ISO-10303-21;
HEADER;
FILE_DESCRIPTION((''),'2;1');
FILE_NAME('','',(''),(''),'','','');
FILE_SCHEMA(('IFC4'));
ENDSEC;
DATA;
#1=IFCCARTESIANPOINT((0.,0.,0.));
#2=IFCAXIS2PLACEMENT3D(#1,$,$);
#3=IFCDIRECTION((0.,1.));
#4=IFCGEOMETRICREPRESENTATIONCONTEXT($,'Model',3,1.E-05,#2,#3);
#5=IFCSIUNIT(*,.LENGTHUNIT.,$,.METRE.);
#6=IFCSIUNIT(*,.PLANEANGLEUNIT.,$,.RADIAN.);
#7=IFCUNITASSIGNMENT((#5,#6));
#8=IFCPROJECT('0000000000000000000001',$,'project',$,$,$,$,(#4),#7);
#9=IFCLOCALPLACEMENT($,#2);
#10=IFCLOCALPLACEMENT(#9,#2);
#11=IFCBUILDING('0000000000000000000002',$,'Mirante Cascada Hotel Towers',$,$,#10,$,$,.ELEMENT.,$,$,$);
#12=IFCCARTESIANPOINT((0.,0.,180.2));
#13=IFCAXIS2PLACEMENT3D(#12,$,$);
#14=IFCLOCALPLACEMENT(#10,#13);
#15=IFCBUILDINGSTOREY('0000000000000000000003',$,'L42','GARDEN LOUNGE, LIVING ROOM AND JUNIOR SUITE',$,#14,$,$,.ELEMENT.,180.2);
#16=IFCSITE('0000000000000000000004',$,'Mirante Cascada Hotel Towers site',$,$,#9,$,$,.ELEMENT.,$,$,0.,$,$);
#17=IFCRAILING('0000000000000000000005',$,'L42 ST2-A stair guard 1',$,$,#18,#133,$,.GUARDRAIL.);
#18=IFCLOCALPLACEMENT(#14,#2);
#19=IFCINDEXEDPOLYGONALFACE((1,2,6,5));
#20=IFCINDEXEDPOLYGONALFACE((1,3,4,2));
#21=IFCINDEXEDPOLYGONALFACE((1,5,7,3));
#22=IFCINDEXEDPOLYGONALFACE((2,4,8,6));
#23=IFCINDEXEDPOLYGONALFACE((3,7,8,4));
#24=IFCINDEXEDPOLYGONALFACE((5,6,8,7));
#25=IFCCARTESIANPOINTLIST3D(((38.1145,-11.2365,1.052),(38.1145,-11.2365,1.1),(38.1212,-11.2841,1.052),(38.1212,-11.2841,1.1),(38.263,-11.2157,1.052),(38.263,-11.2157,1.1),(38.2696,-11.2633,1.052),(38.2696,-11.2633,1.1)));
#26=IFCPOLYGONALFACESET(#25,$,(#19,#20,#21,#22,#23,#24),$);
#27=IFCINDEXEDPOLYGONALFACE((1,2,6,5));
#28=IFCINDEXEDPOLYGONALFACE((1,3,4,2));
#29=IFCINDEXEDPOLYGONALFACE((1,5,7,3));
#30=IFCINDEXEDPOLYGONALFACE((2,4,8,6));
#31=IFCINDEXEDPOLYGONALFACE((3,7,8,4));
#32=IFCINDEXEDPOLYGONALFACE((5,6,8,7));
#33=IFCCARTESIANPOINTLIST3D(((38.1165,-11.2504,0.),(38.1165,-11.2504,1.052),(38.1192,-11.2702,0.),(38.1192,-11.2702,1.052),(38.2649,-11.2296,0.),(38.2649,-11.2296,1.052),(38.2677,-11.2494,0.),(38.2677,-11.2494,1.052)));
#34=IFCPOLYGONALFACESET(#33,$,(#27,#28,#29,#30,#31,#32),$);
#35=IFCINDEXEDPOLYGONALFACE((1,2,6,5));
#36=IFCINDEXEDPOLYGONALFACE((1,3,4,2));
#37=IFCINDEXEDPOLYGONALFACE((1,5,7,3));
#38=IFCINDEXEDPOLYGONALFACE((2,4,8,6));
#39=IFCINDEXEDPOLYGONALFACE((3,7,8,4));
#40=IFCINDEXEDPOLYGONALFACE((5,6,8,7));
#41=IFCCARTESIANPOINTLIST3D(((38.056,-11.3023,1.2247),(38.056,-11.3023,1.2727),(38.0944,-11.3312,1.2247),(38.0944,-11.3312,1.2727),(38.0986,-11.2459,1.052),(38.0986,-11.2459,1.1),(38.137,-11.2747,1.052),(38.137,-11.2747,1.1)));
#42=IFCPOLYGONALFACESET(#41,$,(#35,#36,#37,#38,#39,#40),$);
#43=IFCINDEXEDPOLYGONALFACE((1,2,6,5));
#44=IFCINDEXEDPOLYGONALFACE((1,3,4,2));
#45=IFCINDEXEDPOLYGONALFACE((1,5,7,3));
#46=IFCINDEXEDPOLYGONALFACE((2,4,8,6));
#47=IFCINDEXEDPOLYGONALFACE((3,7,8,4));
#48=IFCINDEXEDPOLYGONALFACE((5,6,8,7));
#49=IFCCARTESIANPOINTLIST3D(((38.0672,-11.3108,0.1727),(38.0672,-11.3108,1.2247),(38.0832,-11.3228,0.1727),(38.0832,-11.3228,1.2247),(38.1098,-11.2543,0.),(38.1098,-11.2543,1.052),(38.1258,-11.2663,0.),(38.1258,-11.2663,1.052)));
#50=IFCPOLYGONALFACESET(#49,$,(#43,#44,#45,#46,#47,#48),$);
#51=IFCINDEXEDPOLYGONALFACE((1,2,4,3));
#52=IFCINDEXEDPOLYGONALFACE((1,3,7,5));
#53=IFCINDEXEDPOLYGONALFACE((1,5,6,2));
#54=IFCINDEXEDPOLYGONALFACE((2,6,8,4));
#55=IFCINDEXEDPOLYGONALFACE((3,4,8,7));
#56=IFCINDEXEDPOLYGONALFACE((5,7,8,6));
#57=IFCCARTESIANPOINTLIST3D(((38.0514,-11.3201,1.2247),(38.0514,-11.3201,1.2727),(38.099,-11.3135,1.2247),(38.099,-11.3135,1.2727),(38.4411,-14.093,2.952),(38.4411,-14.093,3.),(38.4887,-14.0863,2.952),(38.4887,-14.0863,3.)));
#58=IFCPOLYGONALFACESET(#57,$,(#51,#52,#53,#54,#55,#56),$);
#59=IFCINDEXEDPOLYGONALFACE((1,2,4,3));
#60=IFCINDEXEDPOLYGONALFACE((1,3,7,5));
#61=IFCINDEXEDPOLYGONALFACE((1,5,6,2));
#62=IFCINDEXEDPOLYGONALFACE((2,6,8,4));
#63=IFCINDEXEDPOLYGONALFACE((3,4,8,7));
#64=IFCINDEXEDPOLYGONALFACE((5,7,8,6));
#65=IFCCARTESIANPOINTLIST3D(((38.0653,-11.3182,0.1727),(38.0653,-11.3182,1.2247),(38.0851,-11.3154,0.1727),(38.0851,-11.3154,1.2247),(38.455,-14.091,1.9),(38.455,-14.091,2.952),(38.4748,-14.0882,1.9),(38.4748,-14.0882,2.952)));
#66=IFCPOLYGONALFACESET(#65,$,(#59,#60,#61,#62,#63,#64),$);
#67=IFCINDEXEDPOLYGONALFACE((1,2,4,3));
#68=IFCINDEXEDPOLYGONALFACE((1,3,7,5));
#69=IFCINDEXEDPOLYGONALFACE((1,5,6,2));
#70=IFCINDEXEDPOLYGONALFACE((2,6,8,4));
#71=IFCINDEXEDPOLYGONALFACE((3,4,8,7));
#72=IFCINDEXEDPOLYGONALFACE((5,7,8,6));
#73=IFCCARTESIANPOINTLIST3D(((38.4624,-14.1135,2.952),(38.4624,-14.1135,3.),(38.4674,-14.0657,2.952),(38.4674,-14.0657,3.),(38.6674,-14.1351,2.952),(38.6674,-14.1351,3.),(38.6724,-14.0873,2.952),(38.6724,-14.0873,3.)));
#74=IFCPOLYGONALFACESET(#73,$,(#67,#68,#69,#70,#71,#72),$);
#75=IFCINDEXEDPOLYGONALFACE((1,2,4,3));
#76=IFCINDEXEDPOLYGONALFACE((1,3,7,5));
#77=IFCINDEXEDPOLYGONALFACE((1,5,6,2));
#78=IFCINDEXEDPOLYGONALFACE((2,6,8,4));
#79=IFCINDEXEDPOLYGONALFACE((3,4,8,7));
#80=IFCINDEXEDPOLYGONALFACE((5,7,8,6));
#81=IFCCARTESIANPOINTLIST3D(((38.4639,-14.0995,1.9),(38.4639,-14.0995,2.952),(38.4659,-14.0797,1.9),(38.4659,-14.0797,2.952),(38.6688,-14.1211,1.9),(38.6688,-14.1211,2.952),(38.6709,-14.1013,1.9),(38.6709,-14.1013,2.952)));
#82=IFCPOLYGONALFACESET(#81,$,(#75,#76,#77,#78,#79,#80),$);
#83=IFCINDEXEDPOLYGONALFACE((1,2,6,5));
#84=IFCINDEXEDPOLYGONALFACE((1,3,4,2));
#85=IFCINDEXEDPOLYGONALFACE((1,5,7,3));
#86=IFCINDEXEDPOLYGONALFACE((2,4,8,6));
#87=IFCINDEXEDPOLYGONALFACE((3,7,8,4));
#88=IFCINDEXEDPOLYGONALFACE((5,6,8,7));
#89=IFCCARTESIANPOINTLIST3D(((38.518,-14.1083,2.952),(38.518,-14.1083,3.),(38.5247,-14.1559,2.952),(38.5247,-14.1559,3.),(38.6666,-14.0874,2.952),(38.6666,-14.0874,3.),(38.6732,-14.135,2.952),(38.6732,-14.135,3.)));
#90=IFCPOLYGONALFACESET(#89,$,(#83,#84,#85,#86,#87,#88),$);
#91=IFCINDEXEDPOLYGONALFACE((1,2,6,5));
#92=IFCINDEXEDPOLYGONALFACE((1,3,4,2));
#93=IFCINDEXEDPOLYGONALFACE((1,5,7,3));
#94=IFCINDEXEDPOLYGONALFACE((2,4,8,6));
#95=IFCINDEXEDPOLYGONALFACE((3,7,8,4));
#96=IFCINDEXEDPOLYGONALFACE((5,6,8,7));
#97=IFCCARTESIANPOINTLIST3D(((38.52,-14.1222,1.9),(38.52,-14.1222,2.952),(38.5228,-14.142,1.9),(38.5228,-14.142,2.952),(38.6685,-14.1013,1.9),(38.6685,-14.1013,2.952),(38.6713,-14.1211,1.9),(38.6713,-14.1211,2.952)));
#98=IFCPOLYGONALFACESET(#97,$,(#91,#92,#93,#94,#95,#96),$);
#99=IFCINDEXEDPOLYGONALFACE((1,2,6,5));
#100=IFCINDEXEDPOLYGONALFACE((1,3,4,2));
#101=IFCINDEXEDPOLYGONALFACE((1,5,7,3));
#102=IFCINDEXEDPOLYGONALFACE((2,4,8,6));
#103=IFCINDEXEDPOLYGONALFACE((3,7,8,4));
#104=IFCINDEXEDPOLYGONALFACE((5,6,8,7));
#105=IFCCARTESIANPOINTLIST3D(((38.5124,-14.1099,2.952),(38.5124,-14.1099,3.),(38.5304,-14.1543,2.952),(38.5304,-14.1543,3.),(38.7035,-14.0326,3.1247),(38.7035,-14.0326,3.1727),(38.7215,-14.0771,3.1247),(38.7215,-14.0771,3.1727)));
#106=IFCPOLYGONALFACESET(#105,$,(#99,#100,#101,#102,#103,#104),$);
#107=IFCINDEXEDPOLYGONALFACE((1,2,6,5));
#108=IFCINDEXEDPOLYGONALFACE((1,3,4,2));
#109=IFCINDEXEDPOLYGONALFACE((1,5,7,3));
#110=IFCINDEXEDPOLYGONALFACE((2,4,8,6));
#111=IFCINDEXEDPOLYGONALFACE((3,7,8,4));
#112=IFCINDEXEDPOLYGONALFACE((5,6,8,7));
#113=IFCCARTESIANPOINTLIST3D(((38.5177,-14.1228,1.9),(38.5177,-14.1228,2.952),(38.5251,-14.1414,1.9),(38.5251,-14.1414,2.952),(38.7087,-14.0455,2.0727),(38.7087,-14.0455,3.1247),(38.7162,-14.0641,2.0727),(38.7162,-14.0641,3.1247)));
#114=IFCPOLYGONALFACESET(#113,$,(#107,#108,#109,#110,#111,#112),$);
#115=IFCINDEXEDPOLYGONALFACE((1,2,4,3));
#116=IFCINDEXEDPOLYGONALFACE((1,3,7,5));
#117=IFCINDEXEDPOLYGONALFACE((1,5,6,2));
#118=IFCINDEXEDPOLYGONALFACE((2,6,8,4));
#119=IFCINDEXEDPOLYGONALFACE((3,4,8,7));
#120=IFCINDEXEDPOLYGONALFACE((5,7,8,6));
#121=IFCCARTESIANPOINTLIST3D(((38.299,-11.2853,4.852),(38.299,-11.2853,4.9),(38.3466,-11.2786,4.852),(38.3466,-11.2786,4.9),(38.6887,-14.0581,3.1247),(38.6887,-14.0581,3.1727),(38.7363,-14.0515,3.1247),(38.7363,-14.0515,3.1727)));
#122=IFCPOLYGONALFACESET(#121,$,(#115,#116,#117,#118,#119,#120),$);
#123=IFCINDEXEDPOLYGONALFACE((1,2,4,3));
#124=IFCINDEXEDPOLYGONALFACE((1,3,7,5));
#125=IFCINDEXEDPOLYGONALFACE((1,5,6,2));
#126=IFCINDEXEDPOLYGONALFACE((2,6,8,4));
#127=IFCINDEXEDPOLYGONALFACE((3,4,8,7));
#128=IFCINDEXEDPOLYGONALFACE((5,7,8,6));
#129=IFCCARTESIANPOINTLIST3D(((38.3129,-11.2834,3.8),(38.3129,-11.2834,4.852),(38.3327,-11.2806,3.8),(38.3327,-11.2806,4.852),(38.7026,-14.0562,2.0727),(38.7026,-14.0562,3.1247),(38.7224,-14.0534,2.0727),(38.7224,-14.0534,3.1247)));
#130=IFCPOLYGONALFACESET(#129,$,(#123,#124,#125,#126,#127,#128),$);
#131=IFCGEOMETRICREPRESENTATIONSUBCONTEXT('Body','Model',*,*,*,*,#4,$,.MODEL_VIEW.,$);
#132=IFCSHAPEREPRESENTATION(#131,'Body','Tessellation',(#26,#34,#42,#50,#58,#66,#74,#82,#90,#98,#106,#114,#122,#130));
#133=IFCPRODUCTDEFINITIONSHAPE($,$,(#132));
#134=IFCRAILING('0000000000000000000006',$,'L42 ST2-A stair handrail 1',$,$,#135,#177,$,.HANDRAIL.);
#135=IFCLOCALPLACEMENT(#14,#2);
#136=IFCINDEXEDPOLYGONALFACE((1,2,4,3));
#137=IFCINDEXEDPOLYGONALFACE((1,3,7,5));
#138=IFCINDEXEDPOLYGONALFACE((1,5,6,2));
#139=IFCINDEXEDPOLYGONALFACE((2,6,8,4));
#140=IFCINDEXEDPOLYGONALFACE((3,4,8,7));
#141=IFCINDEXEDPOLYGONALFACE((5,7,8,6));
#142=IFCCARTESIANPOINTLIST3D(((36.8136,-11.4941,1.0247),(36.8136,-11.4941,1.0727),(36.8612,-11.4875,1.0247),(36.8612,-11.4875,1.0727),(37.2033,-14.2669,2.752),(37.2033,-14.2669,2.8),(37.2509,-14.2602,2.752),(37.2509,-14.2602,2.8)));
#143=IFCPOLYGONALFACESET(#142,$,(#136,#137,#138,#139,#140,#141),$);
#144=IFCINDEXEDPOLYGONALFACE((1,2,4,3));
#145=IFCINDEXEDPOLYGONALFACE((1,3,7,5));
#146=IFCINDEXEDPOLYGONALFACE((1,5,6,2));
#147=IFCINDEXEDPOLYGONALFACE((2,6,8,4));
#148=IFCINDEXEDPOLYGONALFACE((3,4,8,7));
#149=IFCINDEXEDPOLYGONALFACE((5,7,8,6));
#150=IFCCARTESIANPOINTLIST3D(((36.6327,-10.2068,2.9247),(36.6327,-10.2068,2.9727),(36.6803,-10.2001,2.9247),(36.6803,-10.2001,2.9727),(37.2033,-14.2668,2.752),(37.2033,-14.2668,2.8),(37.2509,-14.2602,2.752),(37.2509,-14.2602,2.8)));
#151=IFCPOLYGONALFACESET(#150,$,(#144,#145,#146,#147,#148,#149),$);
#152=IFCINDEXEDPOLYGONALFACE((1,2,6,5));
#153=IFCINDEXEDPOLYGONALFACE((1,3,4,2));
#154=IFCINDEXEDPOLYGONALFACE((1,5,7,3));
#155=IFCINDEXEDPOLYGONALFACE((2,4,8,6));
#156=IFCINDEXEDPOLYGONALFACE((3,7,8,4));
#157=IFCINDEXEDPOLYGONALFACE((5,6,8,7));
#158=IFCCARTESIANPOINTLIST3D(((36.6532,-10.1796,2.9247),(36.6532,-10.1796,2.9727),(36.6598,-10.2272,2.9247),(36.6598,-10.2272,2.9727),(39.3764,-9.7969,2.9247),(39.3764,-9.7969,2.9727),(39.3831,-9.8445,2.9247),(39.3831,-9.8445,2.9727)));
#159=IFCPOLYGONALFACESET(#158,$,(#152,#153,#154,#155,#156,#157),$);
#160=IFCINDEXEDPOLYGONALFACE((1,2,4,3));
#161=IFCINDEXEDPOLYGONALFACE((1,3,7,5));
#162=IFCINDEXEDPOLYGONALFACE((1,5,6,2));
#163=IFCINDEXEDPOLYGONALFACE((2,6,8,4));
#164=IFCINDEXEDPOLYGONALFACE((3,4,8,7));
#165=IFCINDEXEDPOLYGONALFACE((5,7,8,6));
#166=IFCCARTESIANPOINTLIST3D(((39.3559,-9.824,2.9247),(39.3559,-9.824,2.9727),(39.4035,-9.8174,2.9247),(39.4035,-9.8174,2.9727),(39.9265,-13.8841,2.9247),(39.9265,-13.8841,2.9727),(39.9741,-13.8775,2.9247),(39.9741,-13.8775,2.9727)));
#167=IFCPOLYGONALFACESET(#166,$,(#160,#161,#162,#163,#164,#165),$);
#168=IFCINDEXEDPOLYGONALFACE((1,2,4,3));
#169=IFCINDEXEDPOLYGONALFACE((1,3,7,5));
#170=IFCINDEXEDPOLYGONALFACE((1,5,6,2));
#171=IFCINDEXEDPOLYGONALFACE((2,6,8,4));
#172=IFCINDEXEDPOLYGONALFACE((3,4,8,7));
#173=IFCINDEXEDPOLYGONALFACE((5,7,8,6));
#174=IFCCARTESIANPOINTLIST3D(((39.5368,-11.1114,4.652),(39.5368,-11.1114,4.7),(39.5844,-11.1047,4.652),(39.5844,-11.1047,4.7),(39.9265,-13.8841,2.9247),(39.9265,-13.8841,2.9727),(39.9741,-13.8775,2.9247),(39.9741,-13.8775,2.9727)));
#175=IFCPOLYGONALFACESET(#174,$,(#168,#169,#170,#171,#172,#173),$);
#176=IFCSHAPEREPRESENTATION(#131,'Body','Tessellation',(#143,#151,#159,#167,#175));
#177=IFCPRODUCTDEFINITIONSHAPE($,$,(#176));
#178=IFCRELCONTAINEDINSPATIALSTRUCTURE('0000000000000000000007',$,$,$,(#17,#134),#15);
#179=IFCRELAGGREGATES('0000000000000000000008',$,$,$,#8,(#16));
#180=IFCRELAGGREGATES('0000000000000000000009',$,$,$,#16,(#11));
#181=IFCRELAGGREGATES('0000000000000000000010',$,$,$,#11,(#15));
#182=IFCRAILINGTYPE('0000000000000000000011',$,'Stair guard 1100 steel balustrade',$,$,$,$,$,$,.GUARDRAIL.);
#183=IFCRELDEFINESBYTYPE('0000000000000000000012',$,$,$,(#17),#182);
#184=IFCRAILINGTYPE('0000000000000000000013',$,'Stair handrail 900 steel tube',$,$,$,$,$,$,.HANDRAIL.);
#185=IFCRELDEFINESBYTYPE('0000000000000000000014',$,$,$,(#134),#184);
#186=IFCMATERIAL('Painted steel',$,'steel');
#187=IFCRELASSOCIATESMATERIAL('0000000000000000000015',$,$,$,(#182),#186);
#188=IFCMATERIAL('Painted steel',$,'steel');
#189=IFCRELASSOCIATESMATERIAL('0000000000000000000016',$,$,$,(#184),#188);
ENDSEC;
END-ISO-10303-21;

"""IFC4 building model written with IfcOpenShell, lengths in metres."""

from ifc_helpers import new_model, si_unit, direction, frame, origin, origin_2d, place, context, subcontext, project, spatial, rectangle, extrude, material, type_object, element, save


model = new_model("IFC4")

# Units and contexts
model_context = context("Model", 3, precision=1e-05, world=origin(), true_north=direction((0.0, 1.0)))
body_context = subcontext(model_context, "Body", "Model", "MODEL_VIEW")
ifc_project = project(units=[si_unit("LENGTHUNIT", "METRE"), si_unit("PLANEANGLEUNIT", "RADIAN")], contexts=[model_context])

# Site, building, storey
site_placement = place(None, origin())
site = spatial("IfcSite", under=ifc_project, at=site_placement, Name="Mirante Cascada Hotel Towers site", CompositionType="ELEMENT", RefElevation=0.0)
building_placement = place(site_placement, origin())
building = spatial("IfcBuilding", under=site, at=building_placement, Name="Mirante Cascada Hotel Towers", CompositionType="ELEMENT")
storey_placement = place(building_placement, frame((0.0, 0.0, 180.2)))
storey = spatial("IfcBuildingStorey", under=building, at=storey_placement, Name="L42", Description="GARDEN LOUNGE, LIVING ROOM AND JUNIOR SUITE", CompositionType="ELEMENT", Elevation=180.2)

# Railings
ifc_material_1 = material(Name="Painted steel", Category="steel")
railing_type_1 = type_object("IfcRailingType", Name="Stair guard 1100 steel balustrade", PredefinedType="GUARDRAIL", material=ifc_material_1)
railing_1_placement = place(storey_placement, frame((38.2663, -11.2395, 0.0)))
element("IfcRailing", 1, at=railing_1_placement, inside=storey, type_object=railing_type_1, Name="L42 ST2-A stair guard 1", PredefinedType="GUARDRAIL", context=body_context, shape_type="SweptSolid", body=[
    extrude(rectangle(XDim=0.048, YDim=0.048, at=origin_2d()), frame((0.0, 0.0, 1.076), z_axis=(-0.990333, -0.138713, 0.0), x_axis=(0.138713, -0.990333, 0.0)), (0.0, 0.0, 1.0), 0.1499),
    extrude(rectangle(XDim=0.02, YDim=1.052, at=origin_2d()), frame((0.0, 0.0, 0.526), z_axis=(-0.990333, -0.138713, 0.0), x_axis=(0.138713, -0.990333, 0.0)), (0.0, 0.0, 1.0), 0.1499),
    extrude(rectangle(XDim=0.048, YDim=0.048, at=origin_2d()), frame((-0.1485, -0.0208, 1.076), z_axis=(-0.602033, -0.798471, 0.0), x_axis=(0.798471, -0.602033, 0.0)), (0.0, 0.92534, 0.379139), 0.1866),
    extrude(rectangle(XDim=0.02, YDim=1.052, at=origin_2d()), frame((-0.1485, -0.0208, 0.526), z_axis=(-0.602033, -0.798471, 0.0), x_axis=(0.798471, -0.602033, 0.0)), (0.0, 0.92534, 0.379139), 0.1866),
    extrude(rectangle(XDim=0.048, YDim=0.048, at=origin_2d()), frame((-0.1911, -0.0773, 1.2487), z_axis=(0.139176, -0.990268, 0.0), x_axis=(0.990268, 0.139176, 0.0)), (0.0, 0.525021, 0.851089), 3.29),
    extrude(rectangle(XDim=0.02, YDim=1.052, at=origin_2d()), frame((-0.1911, -0.0773, 0.6987), z_axis=(0.139176, -0.990268, 0.0), x_axis=(0.990268, 0.139176, 0.0)), (0.0, 0.525021, 0.851089), 3.29),
    extrude(rectangle(XDim=0.048, YDim=0.048, at=origin_2d()), frame((0.1986, -2.8501, 2.976), z_axis=(0.994495, -0.104786, 0.0), x_axis=(0.104786, 0.994495, 0.0)), (0.0, 0.0, 1.0), 0.2061),
    extrude(rectangle(XDim=0.02, YDim=1.052, at=origin_2d()), frame((0.1986, -2.8501, 2.426), z_axis=(0.994495, -0.104786, 0.0), x_axis=(0.104786, 0.994495, 0.0)), (0.0, 0.0, 1.0), 0.2061),
    extrude(rectangle(XDim=0.048, YDim=0.048, at=origin_2d()), frame((0.4036, -2.8717, 2.976), z_axis=(-0.990241, -0.139367, 0.0), x_axis=(0.139367, -0.990241, 0.0)), (0.0, 0.0, 1.0), 0.15),
    extrude(rectangle(XDim=0.02, YDim=1.052, at=origin_2d()), frame((0.4036, -2.8717, 2.426), z_axis=(-0.990241, -0.139367, 0.0), x_axis=(0.139367, -0.990241, 0.0)), (0.0, 0.0, 1.0), 0.15),
    extrude(rectangle(XDim=0.048, YDim=0.048, at=origin_2d()), frame((0.2551, -2.8926, 2.976), z_axis=(0.927031, 0.374984, 0.0), x_axis=(-0.374984, 0.927031, 0.0)), (0.0, 0.64219, 0.766545), 0.2689),
    extrude(rectangle(XDim=0.02, YDim=1.052, at=origin_2d()), frame((0.2551, -2.8926, 2.426), z_axis=(0.927031, 0.374984, 0.0), x_axis=(-0.374984, 0.927031, 0.0)), (0.0, 0.64219, 0.766545), 0.2689),
    extrude(rectangle(XDim=0.048, YDim=0.048, at=origin_2d()), frame((0.4462, -2.8153, 3.1487), z_axis=(-0.139176, 0.990268, 0.0), x_axis=(-0.990268, -0.139176, 0.0)), (0.0, 0.525021, 0.851089), 3.29),
    extrude(rectangle(XDim=0.02, YDim=1.052, at=origin_2d()), frame((0.4462, -2.8153, 2.5987), z_axis=(-0.139176, 0.990268, 0.0), x_axis=(-0.990268, -0.139176, 0.0)), (0.0, 0.525021, 0.851089), 3.29),
])
ifc_material_2 = material(Name="Painted steel", Category="steel")
railing_type_2 = type_object("IfcRailingType", Name="Stair handrail 900 steel tube", PredefinedType="HANDRAIL", material=ifc_material_2)
railing_2_placement = place(storey_placement, frame((36.8374, -11.4908, 0.1727)))
element("IfcRailing", 2, at=railing_2_placement, inside=storey, type_object=railing_type_2, Name="L42 ST2-A stair handrail 1", PredefinedType="HANDRAIL", context=body_context, shape_type="SweptSolid", body=[
    extrude(rectangle(XDim=0.048, YDim=0.048, at=origin_2d()), frame((0.0, 0.0, 0.876), z_axis=(0.139181, -0.990267, 0.0), x_axis=(0.990267, 0.139181, 0.0)), (0.0, 0.525035, 0.851081), 3.2899),
    extrude(rectangle(XDim=0.048, YDim=0.048, at=origin_2d()), frame((0.3897, -2.7727, 2.6033), z_axis=(-0.139171, 0.990268, 0.0), x_axis=(-0.990268, -0.139171, 0.0)), (0.0, 0.042085, 0.999114), 4.1036),
    extrude(rectangle(XDim=0.048, YDim=0.048, at=origin_2d()), frame((-0.1809, 1.2874, 2.776), z_axis=(0.990269, 0.139166, 0.0), x_axis=(-0.139166, 0.990269, 0.0)), (0.0, 0.0, 1.0), 2.75),
    extrude(rectangle(XDim=0.048, YDim=0.048, at=origin_2d()), frame((2.5423, 1.6701, 2.776), z_axis=(0.139171, -0.990268, 0.0), x_axis=(0.990268, 0.139171, 0.0)), (0.0, 0.0, 1.0), 4.1),
    extrude(rectangle(XDim=0.048, YDim=0.048, at=origin_2d()), frame((3.1129, -2.39, 2.776), z_axis=(-0.139181, 0.990267, 0.0), x_axis=(-0.990267, -0.139181, 0.0)), (0.0, 0.525035, 0.851081), 3.2899),
])

save(model, "model.ifc")
